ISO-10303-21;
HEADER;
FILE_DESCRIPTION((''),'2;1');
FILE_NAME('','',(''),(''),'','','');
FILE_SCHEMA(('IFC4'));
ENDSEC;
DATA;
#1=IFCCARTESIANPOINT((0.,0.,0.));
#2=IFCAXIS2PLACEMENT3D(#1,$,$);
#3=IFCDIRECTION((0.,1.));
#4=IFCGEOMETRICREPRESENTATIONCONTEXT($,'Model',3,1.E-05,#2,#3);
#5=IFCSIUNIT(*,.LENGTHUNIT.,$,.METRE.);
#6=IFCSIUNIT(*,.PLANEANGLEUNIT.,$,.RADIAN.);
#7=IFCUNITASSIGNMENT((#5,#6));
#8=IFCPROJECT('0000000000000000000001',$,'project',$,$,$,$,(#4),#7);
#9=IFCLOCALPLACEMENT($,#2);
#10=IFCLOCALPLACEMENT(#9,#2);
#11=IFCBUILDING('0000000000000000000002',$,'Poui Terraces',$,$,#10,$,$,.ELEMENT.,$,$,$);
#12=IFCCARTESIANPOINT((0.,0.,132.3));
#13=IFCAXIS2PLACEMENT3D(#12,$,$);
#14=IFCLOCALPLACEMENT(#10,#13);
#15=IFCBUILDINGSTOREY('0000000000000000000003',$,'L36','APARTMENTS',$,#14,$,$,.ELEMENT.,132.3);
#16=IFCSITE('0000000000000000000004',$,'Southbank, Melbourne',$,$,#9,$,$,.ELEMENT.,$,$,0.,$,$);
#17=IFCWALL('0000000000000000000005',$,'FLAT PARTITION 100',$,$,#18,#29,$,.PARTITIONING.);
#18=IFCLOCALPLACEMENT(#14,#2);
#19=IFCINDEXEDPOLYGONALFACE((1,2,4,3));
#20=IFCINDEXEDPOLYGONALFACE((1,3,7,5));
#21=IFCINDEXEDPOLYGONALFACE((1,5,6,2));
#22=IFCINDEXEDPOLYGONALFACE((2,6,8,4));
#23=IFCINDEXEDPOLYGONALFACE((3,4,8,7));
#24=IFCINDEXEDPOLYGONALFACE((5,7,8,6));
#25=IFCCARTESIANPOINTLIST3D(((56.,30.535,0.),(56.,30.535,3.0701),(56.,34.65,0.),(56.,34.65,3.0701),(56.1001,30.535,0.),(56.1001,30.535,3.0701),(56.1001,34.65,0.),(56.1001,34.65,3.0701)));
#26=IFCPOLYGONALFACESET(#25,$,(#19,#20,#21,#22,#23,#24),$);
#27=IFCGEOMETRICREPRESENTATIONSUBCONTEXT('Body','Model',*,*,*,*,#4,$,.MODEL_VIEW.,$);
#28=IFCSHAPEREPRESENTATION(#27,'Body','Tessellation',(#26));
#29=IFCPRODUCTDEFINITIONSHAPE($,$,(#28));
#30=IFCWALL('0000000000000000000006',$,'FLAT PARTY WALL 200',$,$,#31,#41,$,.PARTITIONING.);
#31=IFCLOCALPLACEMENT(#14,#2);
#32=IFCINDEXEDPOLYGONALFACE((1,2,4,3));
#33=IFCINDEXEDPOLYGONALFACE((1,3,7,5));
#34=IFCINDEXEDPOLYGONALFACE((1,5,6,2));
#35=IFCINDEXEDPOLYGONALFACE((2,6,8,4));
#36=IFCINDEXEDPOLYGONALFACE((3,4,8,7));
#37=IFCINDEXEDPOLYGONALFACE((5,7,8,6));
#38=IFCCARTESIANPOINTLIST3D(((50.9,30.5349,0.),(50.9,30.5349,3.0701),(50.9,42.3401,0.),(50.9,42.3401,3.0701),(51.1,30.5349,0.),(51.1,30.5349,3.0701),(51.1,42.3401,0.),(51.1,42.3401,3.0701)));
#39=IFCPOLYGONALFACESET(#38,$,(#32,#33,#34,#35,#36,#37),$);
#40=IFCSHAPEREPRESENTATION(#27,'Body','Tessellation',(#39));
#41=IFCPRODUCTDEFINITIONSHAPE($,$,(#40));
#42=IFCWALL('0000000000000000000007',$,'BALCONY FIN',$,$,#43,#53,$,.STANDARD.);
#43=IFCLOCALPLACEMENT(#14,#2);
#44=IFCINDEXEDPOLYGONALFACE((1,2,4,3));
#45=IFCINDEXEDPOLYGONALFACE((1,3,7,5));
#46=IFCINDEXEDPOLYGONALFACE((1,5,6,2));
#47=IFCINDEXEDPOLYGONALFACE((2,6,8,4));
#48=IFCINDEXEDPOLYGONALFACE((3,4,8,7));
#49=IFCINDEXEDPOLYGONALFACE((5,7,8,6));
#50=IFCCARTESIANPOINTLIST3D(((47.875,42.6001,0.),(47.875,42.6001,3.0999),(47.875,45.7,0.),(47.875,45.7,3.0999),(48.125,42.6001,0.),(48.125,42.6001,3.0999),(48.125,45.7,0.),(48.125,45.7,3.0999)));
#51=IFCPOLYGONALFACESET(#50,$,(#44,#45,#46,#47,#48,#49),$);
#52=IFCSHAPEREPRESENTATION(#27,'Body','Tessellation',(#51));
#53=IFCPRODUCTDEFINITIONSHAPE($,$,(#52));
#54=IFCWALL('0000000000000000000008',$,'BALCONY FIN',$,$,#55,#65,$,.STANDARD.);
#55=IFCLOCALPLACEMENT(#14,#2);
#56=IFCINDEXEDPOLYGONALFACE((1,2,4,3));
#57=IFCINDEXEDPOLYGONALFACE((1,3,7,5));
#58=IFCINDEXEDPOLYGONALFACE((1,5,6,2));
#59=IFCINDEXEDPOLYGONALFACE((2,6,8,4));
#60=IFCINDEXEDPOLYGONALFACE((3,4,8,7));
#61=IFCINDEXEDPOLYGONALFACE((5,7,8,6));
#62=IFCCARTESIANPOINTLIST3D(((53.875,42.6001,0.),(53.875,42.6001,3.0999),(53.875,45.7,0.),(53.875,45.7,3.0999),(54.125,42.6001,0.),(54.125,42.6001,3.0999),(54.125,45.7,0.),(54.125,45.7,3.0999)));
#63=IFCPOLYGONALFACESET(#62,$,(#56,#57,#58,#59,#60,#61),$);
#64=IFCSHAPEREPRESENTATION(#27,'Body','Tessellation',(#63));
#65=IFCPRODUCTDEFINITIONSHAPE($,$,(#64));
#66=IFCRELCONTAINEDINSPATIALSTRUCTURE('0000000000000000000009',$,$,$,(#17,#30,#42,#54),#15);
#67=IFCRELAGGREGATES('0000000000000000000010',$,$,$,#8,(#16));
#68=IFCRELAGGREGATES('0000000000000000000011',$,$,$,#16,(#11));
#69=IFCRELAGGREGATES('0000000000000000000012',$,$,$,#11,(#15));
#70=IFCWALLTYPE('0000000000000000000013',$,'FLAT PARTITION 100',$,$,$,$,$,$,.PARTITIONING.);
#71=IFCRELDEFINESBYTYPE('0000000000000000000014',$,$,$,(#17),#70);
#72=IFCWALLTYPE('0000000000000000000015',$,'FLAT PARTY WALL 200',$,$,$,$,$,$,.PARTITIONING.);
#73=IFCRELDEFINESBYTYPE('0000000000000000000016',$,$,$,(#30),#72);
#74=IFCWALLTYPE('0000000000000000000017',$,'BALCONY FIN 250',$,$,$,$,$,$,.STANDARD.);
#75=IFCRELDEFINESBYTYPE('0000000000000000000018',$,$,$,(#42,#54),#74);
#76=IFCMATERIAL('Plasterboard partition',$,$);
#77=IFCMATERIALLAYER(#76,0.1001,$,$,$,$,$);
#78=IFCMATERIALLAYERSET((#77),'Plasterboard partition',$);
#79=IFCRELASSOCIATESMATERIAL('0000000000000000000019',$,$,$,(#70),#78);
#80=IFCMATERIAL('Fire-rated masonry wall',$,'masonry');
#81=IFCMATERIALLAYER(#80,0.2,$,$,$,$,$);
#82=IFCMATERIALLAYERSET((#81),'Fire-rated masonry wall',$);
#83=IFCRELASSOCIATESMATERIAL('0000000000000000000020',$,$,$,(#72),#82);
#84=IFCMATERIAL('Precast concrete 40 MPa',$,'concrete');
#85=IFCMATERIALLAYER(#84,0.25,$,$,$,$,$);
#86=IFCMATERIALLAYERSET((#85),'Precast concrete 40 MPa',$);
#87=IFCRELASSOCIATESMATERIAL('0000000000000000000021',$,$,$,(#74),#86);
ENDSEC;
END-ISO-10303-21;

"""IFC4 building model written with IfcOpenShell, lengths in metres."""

from ifc_helpers import new_model, si_unit, direction, frame, frame_2d, origin, place, context, subcontext, project, spatial, polyline, rectangle, outline, extrude, source, transform, mapped, material, layer, layer_set, type_object, element, save


model = new_model("IFC4")

# Units and contexts
model_context = context("Model", 3, precision=1e-05, world=origin(), true_north=direction((0.0, 1.0)))
body_context = subcontext(model_context, "Body", "Model", "MODEL_VIEW")
ifc_project = project(units=[si_unit("LENGTHUNIT", "METRE"), si_unit("PLANEANGLEUNIT", "RADIAN")], contexts=[model_context])

# Site, building, storey
site_placement = place(None, origin())
site = spatial("IfcSite", under=ifc_project, at=site_placement, Name="Southbank, Melbourne", CompositionType="ELEMENT", RefElevation=0.0)
building_placement = place(site_placement, origin())
building = spatial("IfcBuilding", under=site, at=building_placement, Name="Poui Terraces", CompositionType="ELEMENT")
storey_placement = place(building_placement, frame((0.0, 0.0, 132.3)))
storey = spatial("IfcBuildingStorey", under=building, at=storey_placement, Name="L36", Description="APARTMENTS", CompositionType="ELEMENT", Elevation=132.3)

# Shared definitions
ifc_material_1 = material(Name="Plasterboard partition")
ifc_layer_1 = layer(ifc_material_1, 0.1001)
ifc_layer_set_1 = layer_set([ifc_layer_1], Name="Plasterboard partition")
wall_type_1 = type_object("IfcWallType", Name="FLAT PARTITION 100", PredefinedType="PARTITIONING", material=ifc_layer_set_1)

# Walls
wall_1_placement = place(storey_placement, frame((56.05, 30.5349, 0.0), z_axis=(0.0, 0.0, 1.0), x_axis=(0.0, 1.0, 0.0)))
element("IfcWall", 1, at=wall_1_placement, inside=storey, type_object=wall_type_1, Name="FLAT PARTITION 100", PredefinedType="PARTITIONING", context=body_context, shape_type="SweptSolid", body=[
    extrude(rectangle(XDim=4.115, YDim=0.1001, at=frame_2d((2.0576, 0.0))), origin(), (0.0, 0.0, 1.0), 3.0701),
])
ifc_material_2 = material(Name="Fire-rated masonry wall", Category="masonry")
ifc_layer_2 = layer(ifc_material_2, 0.2)
ifc_layer_set_2 = layer_set([ifc_layer_2], Name="Fire-rated masonry wall")
wall_type_2 = type_object("IfcWallType", Name="FLAT PARTY WALL 200", PredefinedType="PARTITIONING", material=ifc_layer_set_2)
wall_2_placement = place(storey_placement, frame((51.0, 30.5349, 0.0), z_axis=(0.0, 0.0, 1.0), x_axis=(0.0, 1.0, 0.0)))
element("IfcWall", 2, at=wall_2_placement, inside=storey, type_object=wall_type_2, Name="FLAT PARTY WALL 200", PredefinedType="PARTITIONING", context=body_context, shape_type="SweptSolid", body=[
    extrude(rectangle(XDim=11.8052, YDim=0.2, at=frame_2d((5.9026, 0.0))), origin(), (0.0, 0.0, 1.0), 3.0701),
])
ifc_material_3 = material(Name="Precast concrete 40 MPa", Category="concrete")
ifc_layer_3 = layer(ifc_material_3, 0.25)
ifc_layer_set_3 = layer_set([ifc_layer_3], Name="Precast concrete 40 MPa")
wall_type_3 = type_object("IfcWallType", Name="BALCONY FIN 250", PredefinedType="STANDARD", material=ifc_layer_set_3)
shared_shape = source(origin(), body_context, "Body", "SweptSolid", [
    extrude(outline(polyline([(0.0, 0.0), (0.25, 0.0), (0.25, 3.0999), (0.0, 3.0999), (0.0, 0.0)])), origin(), (0.0, 0.0, 1.0), 3.0999),
])
for number, where, name in (
    (3, (47.875, 42.6001, 0.0), "BALCONY FIN"),
    (4, (53.875, 42.6001, 0.0), "BALCONY FIN"),
):
    element("IfcWall", number, at=place(storey_placement, frame(where)), inside=storey, type_object=wall_type_3, Name=name, PredefinedType="STANDARD", context=body_context, shape_type="MappedRepresentation", body=[
        mapped(shared_shape, transform((0.0, 0.0, 0.0))),
    ])

save(model, "model.ifc")
